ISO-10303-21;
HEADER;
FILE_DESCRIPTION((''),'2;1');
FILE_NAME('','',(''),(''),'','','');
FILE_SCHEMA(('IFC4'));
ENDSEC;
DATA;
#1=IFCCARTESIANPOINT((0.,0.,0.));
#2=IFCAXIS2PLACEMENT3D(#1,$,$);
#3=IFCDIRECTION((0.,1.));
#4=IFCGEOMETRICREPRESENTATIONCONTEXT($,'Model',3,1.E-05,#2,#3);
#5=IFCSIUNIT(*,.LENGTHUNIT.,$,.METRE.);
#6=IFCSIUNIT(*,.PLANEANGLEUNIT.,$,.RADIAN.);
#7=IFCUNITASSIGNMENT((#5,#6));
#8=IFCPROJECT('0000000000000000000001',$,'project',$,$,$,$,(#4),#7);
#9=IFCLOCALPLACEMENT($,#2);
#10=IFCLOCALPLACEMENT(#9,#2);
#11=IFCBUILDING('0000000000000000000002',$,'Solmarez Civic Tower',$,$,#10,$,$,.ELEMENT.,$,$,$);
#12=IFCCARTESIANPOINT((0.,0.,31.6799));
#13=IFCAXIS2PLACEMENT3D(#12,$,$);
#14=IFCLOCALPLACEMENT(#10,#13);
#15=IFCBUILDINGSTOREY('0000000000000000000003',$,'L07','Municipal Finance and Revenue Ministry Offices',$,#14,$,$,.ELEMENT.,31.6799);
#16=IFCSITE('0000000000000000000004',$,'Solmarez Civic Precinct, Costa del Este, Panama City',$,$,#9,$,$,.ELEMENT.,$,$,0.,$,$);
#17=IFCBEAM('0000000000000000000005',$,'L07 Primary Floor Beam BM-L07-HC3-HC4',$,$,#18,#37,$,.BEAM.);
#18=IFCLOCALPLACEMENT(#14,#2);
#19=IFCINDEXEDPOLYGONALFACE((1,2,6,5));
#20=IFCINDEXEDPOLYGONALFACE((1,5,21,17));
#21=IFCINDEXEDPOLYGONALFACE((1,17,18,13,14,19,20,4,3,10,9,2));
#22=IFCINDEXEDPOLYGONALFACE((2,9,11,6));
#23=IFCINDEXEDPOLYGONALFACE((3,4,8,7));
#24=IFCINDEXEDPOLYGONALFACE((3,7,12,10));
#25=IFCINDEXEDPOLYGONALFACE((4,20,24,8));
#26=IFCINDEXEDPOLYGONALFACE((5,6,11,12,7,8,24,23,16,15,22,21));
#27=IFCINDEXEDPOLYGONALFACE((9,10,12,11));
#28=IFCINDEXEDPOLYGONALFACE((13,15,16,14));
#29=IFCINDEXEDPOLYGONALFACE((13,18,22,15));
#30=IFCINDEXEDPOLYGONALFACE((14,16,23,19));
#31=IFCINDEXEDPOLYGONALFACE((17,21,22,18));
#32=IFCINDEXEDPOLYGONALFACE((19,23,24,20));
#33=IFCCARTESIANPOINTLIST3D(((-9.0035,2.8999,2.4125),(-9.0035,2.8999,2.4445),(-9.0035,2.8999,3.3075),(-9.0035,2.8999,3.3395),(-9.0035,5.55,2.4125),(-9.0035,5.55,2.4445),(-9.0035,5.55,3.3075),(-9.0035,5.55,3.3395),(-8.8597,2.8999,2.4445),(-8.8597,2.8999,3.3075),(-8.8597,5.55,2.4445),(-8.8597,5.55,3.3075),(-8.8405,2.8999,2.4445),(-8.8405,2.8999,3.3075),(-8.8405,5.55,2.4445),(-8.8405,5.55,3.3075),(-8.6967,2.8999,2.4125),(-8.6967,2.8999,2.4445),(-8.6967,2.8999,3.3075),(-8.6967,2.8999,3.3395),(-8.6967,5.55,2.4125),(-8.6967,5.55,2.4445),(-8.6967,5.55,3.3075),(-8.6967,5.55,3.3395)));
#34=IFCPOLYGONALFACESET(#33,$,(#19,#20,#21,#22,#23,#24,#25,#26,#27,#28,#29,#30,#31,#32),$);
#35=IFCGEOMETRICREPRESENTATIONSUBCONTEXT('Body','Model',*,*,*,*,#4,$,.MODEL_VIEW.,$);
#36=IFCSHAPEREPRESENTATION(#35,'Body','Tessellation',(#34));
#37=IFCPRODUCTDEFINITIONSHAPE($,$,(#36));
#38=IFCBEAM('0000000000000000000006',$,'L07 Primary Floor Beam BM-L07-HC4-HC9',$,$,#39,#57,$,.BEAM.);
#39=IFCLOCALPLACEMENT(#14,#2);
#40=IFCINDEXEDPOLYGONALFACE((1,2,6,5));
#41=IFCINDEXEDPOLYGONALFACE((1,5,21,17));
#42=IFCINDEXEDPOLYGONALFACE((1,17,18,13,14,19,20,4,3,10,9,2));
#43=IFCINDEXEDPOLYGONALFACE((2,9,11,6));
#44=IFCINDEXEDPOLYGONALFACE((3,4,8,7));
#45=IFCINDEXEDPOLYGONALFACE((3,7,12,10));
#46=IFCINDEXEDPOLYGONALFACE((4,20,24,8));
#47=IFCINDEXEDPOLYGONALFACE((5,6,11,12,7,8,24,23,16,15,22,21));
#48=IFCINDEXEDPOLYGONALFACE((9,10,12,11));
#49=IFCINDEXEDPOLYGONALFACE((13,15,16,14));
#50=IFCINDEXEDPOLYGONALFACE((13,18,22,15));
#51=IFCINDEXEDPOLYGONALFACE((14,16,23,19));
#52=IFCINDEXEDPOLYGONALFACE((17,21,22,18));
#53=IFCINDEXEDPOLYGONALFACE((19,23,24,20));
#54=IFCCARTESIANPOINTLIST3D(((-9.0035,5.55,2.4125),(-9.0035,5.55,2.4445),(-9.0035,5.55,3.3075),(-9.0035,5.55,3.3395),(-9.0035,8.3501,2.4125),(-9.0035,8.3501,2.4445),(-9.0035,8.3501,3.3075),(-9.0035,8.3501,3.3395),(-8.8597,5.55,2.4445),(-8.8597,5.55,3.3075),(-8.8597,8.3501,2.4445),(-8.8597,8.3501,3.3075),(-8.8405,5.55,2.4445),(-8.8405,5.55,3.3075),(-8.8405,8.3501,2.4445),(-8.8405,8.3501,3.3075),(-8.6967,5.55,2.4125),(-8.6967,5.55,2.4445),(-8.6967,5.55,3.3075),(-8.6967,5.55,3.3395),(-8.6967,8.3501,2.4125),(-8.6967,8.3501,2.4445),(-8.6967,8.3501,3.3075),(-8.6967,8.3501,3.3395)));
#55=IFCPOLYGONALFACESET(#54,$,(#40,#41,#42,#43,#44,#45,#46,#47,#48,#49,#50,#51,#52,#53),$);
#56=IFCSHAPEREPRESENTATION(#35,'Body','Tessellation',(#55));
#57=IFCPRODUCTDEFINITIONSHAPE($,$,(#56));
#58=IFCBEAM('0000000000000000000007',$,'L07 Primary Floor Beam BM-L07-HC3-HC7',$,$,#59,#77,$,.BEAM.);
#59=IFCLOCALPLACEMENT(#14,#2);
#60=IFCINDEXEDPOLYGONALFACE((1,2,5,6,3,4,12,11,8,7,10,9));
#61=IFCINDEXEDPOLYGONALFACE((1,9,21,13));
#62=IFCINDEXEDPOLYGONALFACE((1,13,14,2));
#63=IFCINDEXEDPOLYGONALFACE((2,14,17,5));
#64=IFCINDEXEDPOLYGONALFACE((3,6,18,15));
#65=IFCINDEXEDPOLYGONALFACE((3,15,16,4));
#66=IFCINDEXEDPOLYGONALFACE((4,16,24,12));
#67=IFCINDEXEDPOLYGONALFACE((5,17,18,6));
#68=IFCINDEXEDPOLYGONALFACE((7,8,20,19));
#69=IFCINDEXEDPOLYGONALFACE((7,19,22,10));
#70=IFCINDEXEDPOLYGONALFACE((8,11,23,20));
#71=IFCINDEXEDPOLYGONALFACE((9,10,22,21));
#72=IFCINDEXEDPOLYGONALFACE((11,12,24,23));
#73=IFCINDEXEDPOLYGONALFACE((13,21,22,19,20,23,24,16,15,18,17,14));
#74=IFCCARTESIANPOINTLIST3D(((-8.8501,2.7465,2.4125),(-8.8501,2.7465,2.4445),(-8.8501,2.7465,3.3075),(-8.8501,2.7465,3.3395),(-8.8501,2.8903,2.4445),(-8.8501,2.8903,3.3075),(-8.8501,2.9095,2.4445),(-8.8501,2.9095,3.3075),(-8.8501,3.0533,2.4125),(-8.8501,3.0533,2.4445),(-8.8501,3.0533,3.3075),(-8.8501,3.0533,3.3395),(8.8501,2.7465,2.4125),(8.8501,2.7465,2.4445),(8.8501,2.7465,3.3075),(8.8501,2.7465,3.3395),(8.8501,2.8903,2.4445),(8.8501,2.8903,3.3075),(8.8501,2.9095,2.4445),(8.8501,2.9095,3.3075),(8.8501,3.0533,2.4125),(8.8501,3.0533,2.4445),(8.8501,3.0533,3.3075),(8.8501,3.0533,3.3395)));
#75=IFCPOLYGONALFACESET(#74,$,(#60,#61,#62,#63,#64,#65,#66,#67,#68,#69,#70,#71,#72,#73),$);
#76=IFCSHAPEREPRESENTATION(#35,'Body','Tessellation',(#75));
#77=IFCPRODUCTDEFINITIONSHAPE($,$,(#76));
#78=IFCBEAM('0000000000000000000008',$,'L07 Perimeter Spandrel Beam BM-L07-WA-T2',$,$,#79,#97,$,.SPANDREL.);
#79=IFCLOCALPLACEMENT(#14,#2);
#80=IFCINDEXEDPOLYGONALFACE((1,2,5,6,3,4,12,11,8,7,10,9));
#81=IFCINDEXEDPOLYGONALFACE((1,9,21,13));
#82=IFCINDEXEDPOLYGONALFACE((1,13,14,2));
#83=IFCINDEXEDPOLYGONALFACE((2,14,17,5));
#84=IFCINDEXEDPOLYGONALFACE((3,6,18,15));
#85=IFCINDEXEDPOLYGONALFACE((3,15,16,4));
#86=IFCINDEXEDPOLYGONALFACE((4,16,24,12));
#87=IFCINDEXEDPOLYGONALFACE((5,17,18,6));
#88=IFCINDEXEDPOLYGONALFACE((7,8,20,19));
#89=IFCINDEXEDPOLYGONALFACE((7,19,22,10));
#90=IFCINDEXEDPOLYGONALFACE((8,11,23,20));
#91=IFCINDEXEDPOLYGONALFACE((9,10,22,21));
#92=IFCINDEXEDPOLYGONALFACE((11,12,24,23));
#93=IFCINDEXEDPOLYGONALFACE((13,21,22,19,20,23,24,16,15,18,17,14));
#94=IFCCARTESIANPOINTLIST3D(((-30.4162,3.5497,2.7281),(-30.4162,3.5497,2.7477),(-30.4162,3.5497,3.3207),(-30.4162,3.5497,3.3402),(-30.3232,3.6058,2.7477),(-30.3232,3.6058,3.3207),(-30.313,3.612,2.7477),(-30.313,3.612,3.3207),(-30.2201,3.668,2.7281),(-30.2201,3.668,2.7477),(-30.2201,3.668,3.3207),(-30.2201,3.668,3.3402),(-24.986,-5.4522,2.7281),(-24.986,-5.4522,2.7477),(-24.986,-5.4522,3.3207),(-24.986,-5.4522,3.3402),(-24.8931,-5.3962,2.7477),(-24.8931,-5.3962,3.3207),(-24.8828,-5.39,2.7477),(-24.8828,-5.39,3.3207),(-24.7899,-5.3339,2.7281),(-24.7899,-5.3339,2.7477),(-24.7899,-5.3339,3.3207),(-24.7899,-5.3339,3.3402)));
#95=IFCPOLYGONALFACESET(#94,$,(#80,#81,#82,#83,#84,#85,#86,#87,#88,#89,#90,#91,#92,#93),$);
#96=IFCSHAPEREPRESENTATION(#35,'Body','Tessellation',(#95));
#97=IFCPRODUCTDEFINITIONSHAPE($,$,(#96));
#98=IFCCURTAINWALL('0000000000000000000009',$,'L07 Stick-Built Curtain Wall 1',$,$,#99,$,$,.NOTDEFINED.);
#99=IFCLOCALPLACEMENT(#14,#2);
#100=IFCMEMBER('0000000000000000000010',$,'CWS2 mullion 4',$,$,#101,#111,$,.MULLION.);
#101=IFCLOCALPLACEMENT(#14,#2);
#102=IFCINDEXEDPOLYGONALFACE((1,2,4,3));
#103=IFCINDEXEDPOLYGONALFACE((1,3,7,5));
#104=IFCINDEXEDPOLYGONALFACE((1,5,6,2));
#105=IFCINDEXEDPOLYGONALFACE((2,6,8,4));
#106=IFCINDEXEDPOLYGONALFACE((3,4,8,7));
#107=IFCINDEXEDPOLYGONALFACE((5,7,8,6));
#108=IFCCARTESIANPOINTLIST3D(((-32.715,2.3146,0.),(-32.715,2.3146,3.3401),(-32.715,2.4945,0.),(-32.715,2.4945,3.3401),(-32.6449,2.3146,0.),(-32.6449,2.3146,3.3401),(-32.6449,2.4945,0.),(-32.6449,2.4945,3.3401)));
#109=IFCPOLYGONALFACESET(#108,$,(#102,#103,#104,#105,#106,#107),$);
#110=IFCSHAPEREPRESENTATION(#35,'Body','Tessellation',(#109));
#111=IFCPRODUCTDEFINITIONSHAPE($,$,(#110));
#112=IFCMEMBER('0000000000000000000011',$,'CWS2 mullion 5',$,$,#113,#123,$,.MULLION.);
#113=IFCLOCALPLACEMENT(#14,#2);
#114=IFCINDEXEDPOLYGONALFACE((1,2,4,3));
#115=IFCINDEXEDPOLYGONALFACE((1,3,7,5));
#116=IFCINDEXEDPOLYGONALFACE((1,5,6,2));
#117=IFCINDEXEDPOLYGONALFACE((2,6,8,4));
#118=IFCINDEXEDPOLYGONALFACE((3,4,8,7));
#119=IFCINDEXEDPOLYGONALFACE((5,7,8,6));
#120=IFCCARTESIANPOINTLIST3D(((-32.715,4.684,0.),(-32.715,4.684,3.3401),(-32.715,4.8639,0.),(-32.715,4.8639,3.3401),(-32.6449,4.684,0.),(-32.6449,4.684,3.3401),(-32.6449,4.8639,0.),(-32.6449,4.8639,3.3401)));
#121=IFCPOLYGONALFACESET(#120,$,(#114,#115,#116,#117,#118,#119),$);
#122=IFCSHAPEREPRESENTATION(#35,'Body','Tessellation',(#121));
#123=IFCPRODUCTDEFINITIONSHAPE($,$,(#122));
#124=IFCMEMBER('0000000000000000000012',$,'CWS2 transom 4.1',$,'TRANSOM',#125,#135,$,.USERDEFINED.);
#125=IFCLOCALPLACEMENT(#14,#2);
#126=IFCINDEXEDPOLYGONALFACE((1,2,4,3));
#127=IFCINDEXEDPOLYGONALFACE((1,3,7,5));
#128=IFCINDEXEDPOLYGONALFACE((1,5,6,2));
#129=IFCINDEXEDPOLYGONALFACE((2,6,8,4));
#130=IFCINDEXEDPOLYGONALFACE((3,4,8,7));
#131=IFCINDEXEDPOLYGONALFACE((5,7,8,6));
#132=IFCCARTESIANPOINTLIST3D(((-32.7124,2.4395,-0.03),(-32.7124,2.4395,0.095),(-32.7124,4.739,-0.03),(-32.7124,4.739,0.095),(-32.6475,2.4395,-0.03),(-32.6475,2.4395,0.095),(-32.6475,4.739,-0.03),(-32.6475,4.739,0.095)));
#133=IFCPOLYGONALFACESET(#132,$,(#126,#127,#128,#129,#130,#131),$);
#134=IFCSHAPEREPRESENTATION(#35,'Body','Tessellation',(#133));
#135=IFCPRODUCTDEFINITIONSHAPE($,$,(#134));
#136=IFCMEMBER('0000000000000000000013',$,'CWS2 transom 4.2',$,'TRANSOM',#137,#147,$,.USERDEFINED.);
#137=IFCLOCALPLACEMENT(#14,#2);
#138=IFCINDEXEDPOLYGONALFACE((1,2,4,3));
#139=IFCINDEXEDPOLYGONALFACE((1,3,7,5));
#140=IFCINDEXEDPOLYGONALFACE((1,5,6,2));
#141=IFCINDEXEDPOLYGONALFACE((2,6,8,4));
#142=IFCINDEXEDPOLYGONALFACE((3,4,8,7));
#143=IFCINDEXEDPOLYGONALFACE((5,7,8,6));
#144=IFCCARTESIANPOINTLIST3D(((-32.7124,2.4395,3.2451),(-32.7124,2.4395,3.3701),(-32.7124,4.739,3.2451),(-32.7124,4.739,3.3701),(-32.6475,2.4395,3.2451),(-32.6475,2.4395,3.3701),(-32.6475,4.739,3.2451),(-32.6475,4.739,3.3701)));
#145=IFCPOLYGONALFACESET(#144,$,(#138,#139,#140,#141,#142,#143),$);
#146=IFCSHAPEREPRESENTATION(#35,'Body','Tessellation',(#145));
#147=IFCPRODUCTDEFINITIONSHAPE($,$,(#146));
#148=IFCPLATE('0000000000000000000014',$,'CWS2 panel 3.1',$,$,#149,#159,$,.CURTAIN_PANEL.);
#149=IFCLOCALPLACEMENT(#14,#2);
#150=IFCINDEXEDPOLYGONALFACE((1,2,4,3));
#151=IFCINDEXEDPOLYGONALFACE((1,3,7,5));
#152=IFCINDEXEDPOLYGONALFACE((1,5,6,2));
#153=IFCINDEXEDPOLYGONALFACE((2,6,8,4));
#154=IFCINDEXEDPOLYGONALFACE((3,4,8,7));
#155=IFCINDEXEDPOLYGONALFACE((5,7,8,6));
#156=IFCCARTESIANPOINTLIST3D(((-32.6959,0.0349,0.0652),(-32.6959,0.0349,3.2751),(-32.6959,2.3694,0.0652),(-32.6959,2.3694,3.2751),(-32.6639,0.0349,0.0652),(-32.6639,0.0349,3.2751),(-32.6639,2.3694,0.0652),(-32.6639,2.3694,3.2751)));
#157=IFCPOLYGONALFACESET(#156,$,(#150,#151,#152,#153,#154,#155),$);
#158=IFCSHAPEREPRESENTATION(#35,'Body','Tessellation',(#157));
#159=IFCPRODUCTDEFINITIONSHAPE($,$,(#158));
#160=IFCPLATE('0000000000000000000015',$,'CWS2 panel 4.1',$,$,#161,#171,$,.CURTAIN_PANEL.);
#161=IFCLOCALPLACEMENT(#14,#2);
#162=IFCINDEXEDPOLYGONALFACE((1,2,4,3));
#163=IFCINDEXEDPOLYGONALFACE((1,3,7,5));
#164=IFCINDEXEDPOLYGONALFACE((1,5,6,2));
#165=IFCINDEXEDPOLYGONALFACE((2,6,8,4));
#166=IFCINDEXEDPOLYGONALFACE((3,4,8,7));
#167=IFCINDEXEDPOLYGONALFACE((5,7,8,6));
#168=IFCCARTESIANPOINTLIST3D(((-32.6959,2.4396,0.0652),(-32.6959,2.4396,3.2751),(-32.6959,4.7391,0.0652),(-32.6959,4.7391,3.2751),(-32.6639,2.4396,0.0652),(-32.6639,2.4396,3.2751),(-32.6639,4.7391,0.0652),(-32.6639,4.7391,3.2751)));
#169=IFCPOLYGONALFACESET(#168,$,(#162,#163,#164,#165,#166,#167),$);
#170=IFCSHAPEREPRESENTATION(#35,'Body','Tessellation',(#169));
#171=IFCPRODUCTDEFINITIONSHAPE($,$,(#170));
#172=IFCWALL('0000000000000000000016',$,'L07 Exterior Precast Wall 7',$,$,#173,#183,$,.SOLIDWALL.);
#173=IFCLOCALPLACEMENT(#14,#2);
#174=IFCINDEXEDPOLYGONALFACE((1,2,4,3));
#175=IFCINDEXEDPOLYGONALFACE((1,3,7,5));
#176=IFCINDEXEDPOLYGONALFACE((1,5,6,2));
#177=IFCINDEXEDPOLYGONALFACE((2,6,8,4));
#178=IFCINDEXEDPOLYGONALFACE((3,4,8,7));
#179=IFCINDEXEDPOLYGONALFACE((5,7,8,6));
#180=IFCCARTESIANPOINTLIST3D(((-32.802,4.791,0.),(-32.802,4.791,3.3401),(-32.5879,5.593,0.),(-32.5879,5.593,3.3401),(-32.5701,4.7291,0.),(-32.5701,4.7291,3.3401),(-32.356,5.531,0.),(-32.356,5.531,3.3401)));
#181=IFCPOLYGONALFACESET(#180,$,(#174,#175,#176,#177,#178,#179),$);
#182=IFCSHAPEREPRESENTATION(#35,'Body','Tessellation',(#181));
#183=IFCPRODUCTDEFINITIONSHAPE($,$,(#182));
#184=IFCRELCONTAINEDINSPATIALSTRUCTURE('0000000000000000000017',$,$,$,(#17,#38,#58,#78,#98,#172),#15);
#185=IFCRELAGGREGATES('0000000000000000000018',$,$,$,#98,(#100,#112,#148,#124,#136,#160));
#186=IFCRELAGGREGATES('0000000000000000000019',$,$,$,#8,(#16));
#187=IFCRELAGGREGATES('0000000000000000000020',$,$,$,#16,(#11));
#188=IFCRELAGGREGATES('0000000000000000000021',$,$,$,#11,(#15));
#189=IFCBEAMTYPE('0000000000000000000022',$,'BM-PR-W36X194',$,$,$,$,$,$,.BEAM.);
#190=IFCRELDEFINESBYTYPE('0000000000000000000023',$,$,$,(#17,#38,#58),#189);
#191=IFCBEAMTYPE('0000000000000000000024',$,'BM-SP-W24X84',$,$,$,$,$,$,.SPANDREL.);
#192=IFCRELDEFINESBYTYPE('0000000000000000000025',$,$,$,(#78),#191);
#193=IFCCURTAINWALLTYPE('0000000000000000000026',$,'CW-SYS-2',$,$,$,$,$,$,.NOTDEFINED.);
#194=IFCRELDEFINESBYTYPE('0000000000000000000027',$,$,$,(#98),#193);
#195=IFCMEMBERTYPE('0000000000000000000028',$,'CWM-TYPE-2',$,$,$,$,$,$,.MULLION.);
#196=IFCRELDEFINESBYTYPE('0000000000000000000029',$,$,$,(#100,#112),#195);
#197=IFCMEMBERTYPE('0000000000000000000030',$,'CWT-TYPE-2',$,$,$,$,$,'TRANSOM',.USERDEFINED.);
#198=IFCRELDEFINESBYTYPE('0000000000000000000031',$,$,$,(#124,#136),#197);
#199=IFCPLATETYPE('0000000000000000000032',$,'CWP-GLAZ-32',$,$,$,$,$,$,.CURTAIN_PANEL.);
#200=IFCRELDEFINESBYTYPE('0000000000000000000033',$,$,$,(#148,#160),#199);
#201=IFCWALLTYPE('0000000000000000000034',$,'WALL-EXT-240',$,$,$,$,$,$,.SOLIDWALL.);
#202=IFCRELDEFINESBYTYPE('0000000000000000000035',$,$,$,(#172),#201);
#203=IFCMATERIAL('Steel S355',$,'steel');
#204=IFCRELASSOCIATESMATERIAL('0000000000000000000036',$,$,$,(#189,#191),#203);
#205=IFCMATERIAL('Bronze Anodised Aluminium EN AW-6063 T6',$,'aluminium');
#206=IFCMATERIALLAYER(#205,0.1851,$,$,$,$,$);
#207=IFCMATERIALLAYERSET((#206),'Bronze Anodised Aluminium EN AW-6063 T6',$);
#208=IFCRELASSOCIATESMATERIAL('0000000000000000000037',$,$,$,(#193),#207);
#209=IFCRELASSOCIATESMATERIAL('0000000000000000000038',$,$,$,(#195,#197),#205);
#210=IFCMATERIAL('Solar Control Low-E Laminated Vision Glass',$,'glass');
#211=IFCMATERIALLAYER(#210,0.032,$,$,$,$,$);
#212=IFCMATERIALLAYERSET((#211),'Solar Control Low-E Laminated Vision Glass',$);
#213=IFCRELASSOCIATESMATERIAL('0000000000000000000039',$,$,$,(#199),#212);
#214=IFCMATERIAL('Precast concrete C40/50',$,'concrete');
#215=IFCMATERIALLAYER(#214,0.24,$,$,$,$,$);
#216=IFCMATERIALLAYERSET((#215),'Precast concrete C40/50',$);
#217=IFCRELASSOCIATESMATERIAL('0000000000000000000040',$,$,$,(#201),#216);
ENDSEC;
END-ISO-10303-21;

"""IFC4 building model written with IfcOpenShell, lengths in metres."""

from ifc_helpers import new_model, si_unit, direction, frame, frame_2d, origin, origin_2d, place, context, subcontext, project, spatial, rectangle, i_section, extrude, material, layer, layer_set, material_profile, profile_set, type_object, element, aggregate, save


model = new_model("IFC4")

# Units and contexts
model_context = context("Model", 3, precision=1e-05, world=origin(), true_north=direction((0.0, 1.0)))
body_context = subcontext(model_context, "Body", "Model", "MODEL_VIEW")
ifc_project = project(units=[si_unit("LENGTHUNIT", "METRE"), si_unit("PLANEANGLEUNIT", "RADIAN")], contexts=[model_context])

# Site, building, storey
site_placement = place(None, origin())
site = spatial("IfcSite", under=ifc_project, at=site_placement, Name="Solmarez Civic Precinct, Costa del Este, Panama City", CompositionType="ELEMENT", RefElevation=0.0)
building_placement = place(site_placement, origin())
building = spatial("IfcBuilding", under=site, at=building_placement, Name="Solmarez Civic Tower", CompositionType="ELEMENT")
storey_placement = place(building_placement, frame((0.0, 0.0, 31.6799)))
storey = spatial("IfcBuildingStorey", under=building, at=storey_placement, Name="L07", Description="Municipal Finance and Revenue Ministry Offices", CompositionType="ELEMENT", Elevation=31.6799)

# Beams
ifc_material_1 = material(Name="Steel S355", Category="steel")
ifc_material_profile_1 = material_profile(ifc_material_1, i_section(OverallWidth=0.3069, OverallDepth=0.927, WebThickness=0.0193, FlangeThickness=0.032, at=origin_2d()), Name="W36X194")
ifc_profile_set_1 = profile_set([ifc_material_profile_1], Name="Steel S355")
beam_type_1 = type_object("IfcBeamType", Name="BM-PR-W36X194", PredefinedType="BEAM", material=ifc_profile_set_1)
beam_1_placement = place(storey_placement, frame((-8.8501, 2.8999, 2.876), z_axis=(0.0, 1.0, 0.0), x_axis=(-1.0, 0.0, 0.0)))
element("IfcBeam", 1, at=beam_1_placement, inside=storey, type_object=beam_type_1, Name="L07 Primary Floor Beam BM-L07-HC3-HC4", PredefinedType="BEAM", context=body_context, shape_type="SweptSolid", body=[
    extrude(i_section(OverallWidth=0.3069, OverallDepth=0.927, WebThickness=0.0193, FlangeThickness=0.032, at=origin_2d()), origin(), (0.0, 0.0, 1.0), 2.6501),
])
beam_2_placement = place(storey_placement, frame((-8.8501, 5.55, 2.876), z_axis=(0.0, 1.0, 0.0), x_axis=(-1.0, 0.0, 0.0)))
element("IfcBeam", 2, at=beam_2_placement, inside=storey, type_object=beam_type_1, Name="L07 Primary Floor Beam BM-L07-HC4-HC9", PredefinedType="BEAM", context=body_context, shape_type="SweptSolid", body=[
    extrude(i_section(OverallWidth=0.3069, OverallDepth=0.927, WebThickness=0.0193, FlangeThickness=0.032, at=origin_2d()), origin(), (0.0, 0.0, 1.0), 2.8),
])
beam_3_placement = place(storey_placement, frame((-8.8501, 2.8999, 2.876), z_axis=(1.0, 0.0, 0.0), x_axis=(0.0, 1.0, 0.0)))
element("IfcBeam", 3, at=beam_3_placement, inside=storey, type_object=beam_type_1, Name="L07 Primary Floor Beam BM-L07-HC3-HC7", PredefinedType="BEAM", context=body_context, shape_type="SweptSolid", body=[
    extrude(i_section(OverallWidth=0.3069, OverallDepth=0.927, WebThickness=0.0193, FlangeThickness=0.032, at=origin_2d()), origin(), (0.0, 0.0, 1.0), 17.7002),
])
ifc_material_profile_2 = material_profile(ifc_material_1, i_section(OverallWidth=0.229, OverallDepth=0.6121, WebThickness=0.012, FlangeThickness=0.0195, at=origin_2d()), Name="W24X84")
ifc_profile_set_2 = profile_set([ifc_material_profile_2], Name="Steel S355")
beam_type_2 = type_object("IfcBeamType", Name="BM-SP-W24X84", PredefinedType="SPANDREL", material=ifc_profile_set_2)
beam_4_placement = place(storey_placement, frame((-30.3181, 3.6089, 3.0342), z_axis=(0.516523, -0.856273, 0.0), x_axis=(0.856273, 0.516523, 0.0)))
element("IfcBeam", 4, at=beam_4_placement, inside=storey, type_object=beam_type_2, Name="L07 Perimeter Spandrel Beam BM-L07-WA-T2", PredefinedType="SPANDREL", context=body_context, shape_type="SweptSolid", body=[
    extrude(i_section(OverallWidth=0.229, OverallDepth=0.6121, WebThickness=0.012, FlangeThickness=0.0195, at=origin_2d()), origin(), (0.0, 0.0, 1.0), 10.5129),
])

# Curtain wall, members, plates
ifc_material_2 = material(Name="Bronze Anodised Aluminium EN AW-6063 T6", Category="aluminium")
ifc_layer_1 = layer(ifc_material_2, 0.1851)
ifc_layer_set_1 = layer_set([ifc_layer_1], Name="Bronze Anodised Aluminium EN AW-6063 T6")
curtain_wall_type = type_object("IfcCurtainWallType", Name="CW-SYS-2", PredefinedType="NOTDEFINED", material=ifc_layer_set_1)
curtain_wall_placement = place(storey_placement, origin())
curtain_wall = element("IfcCurtainWall", 5, at=curtain_wall_placement, inside=storey, type_object=curtain_wall_type, Name="L07 Stick-Built Curtain Wall 1", PredefinedType="NOTDEFINED")
ifc_material_profile_3 = material_profile(ifc_material_2, rectangle(XDim=0.0701, YDim=0.1799, at=origin_2d()), Name="CWM-70X180")
ifc_profile_set_3 = profile_set([ifc_material_profile_3], Name="Bronze Anodised Aluminium EN AW-6063 T6")
member_type_1 = type_object("IfcMemberType", Name="CWM-TYPE-2", PredefinedType="MULLION", material=ifc_profile_set_3)
member_1_placement = place(storey_placement, frame((-32.6799, 2.4045, 0.0), z_axis=(0.0, 0.0, 1.0), x_axis=(-1.0, 0.0, 0.0)))
member_1 = element("IfcMember", 6, at=member_1_placement, type_object=member_type_1, Name="CWS2 mullion 4", PredefinedType="MULLION", context=body_context, shape_type="SweptSolid", body=[
    extrude(rectangle(XDim=0.0701, YDim=0.1799, at=origin_2d()), origin(), (0.0, 0.0, 1.0), 3.3401),
])
member_2_placement = place(storey_placement, frame((-32.6799, 4.7739, 0.0), z_axis=(0.0, 0.0, 1.0), x_axis=(-1.0, 0.0, 0.0)))
member_2 = element("IfcMember", 7, at=member_2_placement, type_object=member_type_1, Name="CWS2 mullion 5", PredefinedType="MULLION", context=body_context, shape_type="SweptSolid", body=[
    extrude(rectangle(XDim=0.0701, YDim=0.1799, at=origin_2d()), origin(), (0.0, 0.0, 1.0), 3.3401),
])
ifc_material_profile_4 = material_profile(ifc_material_2, rectangle(XDim=0.0649, YDim=0.125, at=origin_2d()), Name="CWT-65X125")
ifc_profile_set_4 = profile_set([ifc_material_profile_4], Name="Bronze Anodised Aluminium EN AW-6063 T6")
member_type_2 = type_object("IfcMemberType", Name="CWT-TYPE-2", ElementType="TRANSOM", PredefinedType="USERDEFINED", material=ifc_profile_set_4)
member_3_placement = place(storey_placement, frame((-32.6799, 2.4395, 0.0325), z_axis=(0.0, 1.0, 0.0), x_axis=(-1.0, 0.0, 0.0)))
member_3 = element("IfcMember", 8, at=member_3_placement, type_object=member_type_2, Name="CWS2 transom 4.1", ObjectType="TRANSOM", PredefinedType="USERDEFINED", context=body_context, shape_type="SweptSolid", body=[
    extrude(rectangle(XDim=0.0649, YDim=0.125, at=origin_2d()), origin(), (0.0, 0.0, 1.0), 2.2996),
])
member_4_placement = place(storey_placement, frame((-32.6799, 2.4395, 3.3076), z_axis=(0.0, 1.0, 0.0), x_axis=(-1.0, 0.0, 0.0)))
member_4 = element("IfcMember", 9, at=member_4_placement, type_object=member_type_2, Name="CWS2 transom 4.2", ObjectType="TRANSOM", PredefinedType="USERDEFINED", context=body_context, shape_type="SweptSolid", body=[
    extrude(rectangle(XDim=0.0649, YDim=0.125, at=origin_2d()), origin(), (0.0, 0.0, 1.0), 2.2996),
])
ifc_material_3 = material(Name="Solar Control Low-E Laminated Vision Glass", Category="glass")
ifc_layer_2 = layer(ifc_material_3, 0.032)
ifc_layer_set_2 = layer_set([ifc_layer_2], Name="Solar Control Low-E Laminated Vision Glass")
plate_type = type_object("IfcPlateType", Name="CWP-GLAZ-32", PredefinedType="CURTAIN_PANEL", material=ifc_layer_set_2)
plate_1_placement = place(storey_placement, frame((-32.6799, 1.2021, 0.0652), z_axis=(0.0, 0.0, 1.0), x_axis=(0.0, 1.0, 0.0)))
plate_1 = element("IfcPlate", 10, at=plate_1_placement, type_object=plate_type, Name="CWS2 panel 3.1", PredefinedType="CURTAIN_PANEL", context=body_context, shape_type="SweptSolid", body=[
    extrude(rectangle(XDim=2.3345, YDim=0.032, at=origin_2d()), origin(), (0.0, 0.0, 1.0), 3.21),
])
plate_2_placement = place(storey_placement, frame((-32.6799, 3.5894, 0.0652), z_axis=(0.0, 0.0, 1.0), x_axis=(0.0, 1.0, 0.0)))
plate_2 = element("IfcPlate", 11, at=plate_2_placement, type_object=plate_type, Name="CWS2 panel 4.1", PredefinedType="CURTAIN_PANEL", context=body_context, shape_type="SweptSolid", body=[
    extrude(rectangle(XDim=2.2996, YDim=0.032, at=origin_2d()), origin(), (0.0, 0.0, 1.0), 3.21),
])
aggregate(curtain_wall, [member_1, member_2, plate_1, member_3, member_4, plate_2])

# Wall
ifc_material_4 = material(Name="Precast concrete C40/50", Category="concrete")
ifc_layer_3 = layer(ifc_material_4, 0.24)
ifc_layer_set_3 = layer_set([ifc_layer_3], Name="Precast concrete C40/50")
wall_type_1 = type_object("IfcWallType", Name="WALL-EXT-240", PredefinedType="SOLIDWALL", material=ifc_layer_set_3)
wall_1_placement = place(storey_placement, frame((-32.686, 4.76, 0.0), z_axis=(0.0, 0.0, 1.0), x_axis=(0.257937, 0.966162, 0.0)))
element("IfcWall", 12, at=wall_1_placement, inside=storey, type_object=wall_type_1, Name="L07 Exterior Precast Wall 7", PredefinedType="SOLIDWALL", context=body_context, shape_type="SweptSolid", body=[
    extrude(rectangle(XDim=0.8301, YDim=0.24, at=frame_2d((0.415, 0.0))), origin(), (0.0, 0.0, 1.0), 3.3401),
])

save(model, "model.ifc")
